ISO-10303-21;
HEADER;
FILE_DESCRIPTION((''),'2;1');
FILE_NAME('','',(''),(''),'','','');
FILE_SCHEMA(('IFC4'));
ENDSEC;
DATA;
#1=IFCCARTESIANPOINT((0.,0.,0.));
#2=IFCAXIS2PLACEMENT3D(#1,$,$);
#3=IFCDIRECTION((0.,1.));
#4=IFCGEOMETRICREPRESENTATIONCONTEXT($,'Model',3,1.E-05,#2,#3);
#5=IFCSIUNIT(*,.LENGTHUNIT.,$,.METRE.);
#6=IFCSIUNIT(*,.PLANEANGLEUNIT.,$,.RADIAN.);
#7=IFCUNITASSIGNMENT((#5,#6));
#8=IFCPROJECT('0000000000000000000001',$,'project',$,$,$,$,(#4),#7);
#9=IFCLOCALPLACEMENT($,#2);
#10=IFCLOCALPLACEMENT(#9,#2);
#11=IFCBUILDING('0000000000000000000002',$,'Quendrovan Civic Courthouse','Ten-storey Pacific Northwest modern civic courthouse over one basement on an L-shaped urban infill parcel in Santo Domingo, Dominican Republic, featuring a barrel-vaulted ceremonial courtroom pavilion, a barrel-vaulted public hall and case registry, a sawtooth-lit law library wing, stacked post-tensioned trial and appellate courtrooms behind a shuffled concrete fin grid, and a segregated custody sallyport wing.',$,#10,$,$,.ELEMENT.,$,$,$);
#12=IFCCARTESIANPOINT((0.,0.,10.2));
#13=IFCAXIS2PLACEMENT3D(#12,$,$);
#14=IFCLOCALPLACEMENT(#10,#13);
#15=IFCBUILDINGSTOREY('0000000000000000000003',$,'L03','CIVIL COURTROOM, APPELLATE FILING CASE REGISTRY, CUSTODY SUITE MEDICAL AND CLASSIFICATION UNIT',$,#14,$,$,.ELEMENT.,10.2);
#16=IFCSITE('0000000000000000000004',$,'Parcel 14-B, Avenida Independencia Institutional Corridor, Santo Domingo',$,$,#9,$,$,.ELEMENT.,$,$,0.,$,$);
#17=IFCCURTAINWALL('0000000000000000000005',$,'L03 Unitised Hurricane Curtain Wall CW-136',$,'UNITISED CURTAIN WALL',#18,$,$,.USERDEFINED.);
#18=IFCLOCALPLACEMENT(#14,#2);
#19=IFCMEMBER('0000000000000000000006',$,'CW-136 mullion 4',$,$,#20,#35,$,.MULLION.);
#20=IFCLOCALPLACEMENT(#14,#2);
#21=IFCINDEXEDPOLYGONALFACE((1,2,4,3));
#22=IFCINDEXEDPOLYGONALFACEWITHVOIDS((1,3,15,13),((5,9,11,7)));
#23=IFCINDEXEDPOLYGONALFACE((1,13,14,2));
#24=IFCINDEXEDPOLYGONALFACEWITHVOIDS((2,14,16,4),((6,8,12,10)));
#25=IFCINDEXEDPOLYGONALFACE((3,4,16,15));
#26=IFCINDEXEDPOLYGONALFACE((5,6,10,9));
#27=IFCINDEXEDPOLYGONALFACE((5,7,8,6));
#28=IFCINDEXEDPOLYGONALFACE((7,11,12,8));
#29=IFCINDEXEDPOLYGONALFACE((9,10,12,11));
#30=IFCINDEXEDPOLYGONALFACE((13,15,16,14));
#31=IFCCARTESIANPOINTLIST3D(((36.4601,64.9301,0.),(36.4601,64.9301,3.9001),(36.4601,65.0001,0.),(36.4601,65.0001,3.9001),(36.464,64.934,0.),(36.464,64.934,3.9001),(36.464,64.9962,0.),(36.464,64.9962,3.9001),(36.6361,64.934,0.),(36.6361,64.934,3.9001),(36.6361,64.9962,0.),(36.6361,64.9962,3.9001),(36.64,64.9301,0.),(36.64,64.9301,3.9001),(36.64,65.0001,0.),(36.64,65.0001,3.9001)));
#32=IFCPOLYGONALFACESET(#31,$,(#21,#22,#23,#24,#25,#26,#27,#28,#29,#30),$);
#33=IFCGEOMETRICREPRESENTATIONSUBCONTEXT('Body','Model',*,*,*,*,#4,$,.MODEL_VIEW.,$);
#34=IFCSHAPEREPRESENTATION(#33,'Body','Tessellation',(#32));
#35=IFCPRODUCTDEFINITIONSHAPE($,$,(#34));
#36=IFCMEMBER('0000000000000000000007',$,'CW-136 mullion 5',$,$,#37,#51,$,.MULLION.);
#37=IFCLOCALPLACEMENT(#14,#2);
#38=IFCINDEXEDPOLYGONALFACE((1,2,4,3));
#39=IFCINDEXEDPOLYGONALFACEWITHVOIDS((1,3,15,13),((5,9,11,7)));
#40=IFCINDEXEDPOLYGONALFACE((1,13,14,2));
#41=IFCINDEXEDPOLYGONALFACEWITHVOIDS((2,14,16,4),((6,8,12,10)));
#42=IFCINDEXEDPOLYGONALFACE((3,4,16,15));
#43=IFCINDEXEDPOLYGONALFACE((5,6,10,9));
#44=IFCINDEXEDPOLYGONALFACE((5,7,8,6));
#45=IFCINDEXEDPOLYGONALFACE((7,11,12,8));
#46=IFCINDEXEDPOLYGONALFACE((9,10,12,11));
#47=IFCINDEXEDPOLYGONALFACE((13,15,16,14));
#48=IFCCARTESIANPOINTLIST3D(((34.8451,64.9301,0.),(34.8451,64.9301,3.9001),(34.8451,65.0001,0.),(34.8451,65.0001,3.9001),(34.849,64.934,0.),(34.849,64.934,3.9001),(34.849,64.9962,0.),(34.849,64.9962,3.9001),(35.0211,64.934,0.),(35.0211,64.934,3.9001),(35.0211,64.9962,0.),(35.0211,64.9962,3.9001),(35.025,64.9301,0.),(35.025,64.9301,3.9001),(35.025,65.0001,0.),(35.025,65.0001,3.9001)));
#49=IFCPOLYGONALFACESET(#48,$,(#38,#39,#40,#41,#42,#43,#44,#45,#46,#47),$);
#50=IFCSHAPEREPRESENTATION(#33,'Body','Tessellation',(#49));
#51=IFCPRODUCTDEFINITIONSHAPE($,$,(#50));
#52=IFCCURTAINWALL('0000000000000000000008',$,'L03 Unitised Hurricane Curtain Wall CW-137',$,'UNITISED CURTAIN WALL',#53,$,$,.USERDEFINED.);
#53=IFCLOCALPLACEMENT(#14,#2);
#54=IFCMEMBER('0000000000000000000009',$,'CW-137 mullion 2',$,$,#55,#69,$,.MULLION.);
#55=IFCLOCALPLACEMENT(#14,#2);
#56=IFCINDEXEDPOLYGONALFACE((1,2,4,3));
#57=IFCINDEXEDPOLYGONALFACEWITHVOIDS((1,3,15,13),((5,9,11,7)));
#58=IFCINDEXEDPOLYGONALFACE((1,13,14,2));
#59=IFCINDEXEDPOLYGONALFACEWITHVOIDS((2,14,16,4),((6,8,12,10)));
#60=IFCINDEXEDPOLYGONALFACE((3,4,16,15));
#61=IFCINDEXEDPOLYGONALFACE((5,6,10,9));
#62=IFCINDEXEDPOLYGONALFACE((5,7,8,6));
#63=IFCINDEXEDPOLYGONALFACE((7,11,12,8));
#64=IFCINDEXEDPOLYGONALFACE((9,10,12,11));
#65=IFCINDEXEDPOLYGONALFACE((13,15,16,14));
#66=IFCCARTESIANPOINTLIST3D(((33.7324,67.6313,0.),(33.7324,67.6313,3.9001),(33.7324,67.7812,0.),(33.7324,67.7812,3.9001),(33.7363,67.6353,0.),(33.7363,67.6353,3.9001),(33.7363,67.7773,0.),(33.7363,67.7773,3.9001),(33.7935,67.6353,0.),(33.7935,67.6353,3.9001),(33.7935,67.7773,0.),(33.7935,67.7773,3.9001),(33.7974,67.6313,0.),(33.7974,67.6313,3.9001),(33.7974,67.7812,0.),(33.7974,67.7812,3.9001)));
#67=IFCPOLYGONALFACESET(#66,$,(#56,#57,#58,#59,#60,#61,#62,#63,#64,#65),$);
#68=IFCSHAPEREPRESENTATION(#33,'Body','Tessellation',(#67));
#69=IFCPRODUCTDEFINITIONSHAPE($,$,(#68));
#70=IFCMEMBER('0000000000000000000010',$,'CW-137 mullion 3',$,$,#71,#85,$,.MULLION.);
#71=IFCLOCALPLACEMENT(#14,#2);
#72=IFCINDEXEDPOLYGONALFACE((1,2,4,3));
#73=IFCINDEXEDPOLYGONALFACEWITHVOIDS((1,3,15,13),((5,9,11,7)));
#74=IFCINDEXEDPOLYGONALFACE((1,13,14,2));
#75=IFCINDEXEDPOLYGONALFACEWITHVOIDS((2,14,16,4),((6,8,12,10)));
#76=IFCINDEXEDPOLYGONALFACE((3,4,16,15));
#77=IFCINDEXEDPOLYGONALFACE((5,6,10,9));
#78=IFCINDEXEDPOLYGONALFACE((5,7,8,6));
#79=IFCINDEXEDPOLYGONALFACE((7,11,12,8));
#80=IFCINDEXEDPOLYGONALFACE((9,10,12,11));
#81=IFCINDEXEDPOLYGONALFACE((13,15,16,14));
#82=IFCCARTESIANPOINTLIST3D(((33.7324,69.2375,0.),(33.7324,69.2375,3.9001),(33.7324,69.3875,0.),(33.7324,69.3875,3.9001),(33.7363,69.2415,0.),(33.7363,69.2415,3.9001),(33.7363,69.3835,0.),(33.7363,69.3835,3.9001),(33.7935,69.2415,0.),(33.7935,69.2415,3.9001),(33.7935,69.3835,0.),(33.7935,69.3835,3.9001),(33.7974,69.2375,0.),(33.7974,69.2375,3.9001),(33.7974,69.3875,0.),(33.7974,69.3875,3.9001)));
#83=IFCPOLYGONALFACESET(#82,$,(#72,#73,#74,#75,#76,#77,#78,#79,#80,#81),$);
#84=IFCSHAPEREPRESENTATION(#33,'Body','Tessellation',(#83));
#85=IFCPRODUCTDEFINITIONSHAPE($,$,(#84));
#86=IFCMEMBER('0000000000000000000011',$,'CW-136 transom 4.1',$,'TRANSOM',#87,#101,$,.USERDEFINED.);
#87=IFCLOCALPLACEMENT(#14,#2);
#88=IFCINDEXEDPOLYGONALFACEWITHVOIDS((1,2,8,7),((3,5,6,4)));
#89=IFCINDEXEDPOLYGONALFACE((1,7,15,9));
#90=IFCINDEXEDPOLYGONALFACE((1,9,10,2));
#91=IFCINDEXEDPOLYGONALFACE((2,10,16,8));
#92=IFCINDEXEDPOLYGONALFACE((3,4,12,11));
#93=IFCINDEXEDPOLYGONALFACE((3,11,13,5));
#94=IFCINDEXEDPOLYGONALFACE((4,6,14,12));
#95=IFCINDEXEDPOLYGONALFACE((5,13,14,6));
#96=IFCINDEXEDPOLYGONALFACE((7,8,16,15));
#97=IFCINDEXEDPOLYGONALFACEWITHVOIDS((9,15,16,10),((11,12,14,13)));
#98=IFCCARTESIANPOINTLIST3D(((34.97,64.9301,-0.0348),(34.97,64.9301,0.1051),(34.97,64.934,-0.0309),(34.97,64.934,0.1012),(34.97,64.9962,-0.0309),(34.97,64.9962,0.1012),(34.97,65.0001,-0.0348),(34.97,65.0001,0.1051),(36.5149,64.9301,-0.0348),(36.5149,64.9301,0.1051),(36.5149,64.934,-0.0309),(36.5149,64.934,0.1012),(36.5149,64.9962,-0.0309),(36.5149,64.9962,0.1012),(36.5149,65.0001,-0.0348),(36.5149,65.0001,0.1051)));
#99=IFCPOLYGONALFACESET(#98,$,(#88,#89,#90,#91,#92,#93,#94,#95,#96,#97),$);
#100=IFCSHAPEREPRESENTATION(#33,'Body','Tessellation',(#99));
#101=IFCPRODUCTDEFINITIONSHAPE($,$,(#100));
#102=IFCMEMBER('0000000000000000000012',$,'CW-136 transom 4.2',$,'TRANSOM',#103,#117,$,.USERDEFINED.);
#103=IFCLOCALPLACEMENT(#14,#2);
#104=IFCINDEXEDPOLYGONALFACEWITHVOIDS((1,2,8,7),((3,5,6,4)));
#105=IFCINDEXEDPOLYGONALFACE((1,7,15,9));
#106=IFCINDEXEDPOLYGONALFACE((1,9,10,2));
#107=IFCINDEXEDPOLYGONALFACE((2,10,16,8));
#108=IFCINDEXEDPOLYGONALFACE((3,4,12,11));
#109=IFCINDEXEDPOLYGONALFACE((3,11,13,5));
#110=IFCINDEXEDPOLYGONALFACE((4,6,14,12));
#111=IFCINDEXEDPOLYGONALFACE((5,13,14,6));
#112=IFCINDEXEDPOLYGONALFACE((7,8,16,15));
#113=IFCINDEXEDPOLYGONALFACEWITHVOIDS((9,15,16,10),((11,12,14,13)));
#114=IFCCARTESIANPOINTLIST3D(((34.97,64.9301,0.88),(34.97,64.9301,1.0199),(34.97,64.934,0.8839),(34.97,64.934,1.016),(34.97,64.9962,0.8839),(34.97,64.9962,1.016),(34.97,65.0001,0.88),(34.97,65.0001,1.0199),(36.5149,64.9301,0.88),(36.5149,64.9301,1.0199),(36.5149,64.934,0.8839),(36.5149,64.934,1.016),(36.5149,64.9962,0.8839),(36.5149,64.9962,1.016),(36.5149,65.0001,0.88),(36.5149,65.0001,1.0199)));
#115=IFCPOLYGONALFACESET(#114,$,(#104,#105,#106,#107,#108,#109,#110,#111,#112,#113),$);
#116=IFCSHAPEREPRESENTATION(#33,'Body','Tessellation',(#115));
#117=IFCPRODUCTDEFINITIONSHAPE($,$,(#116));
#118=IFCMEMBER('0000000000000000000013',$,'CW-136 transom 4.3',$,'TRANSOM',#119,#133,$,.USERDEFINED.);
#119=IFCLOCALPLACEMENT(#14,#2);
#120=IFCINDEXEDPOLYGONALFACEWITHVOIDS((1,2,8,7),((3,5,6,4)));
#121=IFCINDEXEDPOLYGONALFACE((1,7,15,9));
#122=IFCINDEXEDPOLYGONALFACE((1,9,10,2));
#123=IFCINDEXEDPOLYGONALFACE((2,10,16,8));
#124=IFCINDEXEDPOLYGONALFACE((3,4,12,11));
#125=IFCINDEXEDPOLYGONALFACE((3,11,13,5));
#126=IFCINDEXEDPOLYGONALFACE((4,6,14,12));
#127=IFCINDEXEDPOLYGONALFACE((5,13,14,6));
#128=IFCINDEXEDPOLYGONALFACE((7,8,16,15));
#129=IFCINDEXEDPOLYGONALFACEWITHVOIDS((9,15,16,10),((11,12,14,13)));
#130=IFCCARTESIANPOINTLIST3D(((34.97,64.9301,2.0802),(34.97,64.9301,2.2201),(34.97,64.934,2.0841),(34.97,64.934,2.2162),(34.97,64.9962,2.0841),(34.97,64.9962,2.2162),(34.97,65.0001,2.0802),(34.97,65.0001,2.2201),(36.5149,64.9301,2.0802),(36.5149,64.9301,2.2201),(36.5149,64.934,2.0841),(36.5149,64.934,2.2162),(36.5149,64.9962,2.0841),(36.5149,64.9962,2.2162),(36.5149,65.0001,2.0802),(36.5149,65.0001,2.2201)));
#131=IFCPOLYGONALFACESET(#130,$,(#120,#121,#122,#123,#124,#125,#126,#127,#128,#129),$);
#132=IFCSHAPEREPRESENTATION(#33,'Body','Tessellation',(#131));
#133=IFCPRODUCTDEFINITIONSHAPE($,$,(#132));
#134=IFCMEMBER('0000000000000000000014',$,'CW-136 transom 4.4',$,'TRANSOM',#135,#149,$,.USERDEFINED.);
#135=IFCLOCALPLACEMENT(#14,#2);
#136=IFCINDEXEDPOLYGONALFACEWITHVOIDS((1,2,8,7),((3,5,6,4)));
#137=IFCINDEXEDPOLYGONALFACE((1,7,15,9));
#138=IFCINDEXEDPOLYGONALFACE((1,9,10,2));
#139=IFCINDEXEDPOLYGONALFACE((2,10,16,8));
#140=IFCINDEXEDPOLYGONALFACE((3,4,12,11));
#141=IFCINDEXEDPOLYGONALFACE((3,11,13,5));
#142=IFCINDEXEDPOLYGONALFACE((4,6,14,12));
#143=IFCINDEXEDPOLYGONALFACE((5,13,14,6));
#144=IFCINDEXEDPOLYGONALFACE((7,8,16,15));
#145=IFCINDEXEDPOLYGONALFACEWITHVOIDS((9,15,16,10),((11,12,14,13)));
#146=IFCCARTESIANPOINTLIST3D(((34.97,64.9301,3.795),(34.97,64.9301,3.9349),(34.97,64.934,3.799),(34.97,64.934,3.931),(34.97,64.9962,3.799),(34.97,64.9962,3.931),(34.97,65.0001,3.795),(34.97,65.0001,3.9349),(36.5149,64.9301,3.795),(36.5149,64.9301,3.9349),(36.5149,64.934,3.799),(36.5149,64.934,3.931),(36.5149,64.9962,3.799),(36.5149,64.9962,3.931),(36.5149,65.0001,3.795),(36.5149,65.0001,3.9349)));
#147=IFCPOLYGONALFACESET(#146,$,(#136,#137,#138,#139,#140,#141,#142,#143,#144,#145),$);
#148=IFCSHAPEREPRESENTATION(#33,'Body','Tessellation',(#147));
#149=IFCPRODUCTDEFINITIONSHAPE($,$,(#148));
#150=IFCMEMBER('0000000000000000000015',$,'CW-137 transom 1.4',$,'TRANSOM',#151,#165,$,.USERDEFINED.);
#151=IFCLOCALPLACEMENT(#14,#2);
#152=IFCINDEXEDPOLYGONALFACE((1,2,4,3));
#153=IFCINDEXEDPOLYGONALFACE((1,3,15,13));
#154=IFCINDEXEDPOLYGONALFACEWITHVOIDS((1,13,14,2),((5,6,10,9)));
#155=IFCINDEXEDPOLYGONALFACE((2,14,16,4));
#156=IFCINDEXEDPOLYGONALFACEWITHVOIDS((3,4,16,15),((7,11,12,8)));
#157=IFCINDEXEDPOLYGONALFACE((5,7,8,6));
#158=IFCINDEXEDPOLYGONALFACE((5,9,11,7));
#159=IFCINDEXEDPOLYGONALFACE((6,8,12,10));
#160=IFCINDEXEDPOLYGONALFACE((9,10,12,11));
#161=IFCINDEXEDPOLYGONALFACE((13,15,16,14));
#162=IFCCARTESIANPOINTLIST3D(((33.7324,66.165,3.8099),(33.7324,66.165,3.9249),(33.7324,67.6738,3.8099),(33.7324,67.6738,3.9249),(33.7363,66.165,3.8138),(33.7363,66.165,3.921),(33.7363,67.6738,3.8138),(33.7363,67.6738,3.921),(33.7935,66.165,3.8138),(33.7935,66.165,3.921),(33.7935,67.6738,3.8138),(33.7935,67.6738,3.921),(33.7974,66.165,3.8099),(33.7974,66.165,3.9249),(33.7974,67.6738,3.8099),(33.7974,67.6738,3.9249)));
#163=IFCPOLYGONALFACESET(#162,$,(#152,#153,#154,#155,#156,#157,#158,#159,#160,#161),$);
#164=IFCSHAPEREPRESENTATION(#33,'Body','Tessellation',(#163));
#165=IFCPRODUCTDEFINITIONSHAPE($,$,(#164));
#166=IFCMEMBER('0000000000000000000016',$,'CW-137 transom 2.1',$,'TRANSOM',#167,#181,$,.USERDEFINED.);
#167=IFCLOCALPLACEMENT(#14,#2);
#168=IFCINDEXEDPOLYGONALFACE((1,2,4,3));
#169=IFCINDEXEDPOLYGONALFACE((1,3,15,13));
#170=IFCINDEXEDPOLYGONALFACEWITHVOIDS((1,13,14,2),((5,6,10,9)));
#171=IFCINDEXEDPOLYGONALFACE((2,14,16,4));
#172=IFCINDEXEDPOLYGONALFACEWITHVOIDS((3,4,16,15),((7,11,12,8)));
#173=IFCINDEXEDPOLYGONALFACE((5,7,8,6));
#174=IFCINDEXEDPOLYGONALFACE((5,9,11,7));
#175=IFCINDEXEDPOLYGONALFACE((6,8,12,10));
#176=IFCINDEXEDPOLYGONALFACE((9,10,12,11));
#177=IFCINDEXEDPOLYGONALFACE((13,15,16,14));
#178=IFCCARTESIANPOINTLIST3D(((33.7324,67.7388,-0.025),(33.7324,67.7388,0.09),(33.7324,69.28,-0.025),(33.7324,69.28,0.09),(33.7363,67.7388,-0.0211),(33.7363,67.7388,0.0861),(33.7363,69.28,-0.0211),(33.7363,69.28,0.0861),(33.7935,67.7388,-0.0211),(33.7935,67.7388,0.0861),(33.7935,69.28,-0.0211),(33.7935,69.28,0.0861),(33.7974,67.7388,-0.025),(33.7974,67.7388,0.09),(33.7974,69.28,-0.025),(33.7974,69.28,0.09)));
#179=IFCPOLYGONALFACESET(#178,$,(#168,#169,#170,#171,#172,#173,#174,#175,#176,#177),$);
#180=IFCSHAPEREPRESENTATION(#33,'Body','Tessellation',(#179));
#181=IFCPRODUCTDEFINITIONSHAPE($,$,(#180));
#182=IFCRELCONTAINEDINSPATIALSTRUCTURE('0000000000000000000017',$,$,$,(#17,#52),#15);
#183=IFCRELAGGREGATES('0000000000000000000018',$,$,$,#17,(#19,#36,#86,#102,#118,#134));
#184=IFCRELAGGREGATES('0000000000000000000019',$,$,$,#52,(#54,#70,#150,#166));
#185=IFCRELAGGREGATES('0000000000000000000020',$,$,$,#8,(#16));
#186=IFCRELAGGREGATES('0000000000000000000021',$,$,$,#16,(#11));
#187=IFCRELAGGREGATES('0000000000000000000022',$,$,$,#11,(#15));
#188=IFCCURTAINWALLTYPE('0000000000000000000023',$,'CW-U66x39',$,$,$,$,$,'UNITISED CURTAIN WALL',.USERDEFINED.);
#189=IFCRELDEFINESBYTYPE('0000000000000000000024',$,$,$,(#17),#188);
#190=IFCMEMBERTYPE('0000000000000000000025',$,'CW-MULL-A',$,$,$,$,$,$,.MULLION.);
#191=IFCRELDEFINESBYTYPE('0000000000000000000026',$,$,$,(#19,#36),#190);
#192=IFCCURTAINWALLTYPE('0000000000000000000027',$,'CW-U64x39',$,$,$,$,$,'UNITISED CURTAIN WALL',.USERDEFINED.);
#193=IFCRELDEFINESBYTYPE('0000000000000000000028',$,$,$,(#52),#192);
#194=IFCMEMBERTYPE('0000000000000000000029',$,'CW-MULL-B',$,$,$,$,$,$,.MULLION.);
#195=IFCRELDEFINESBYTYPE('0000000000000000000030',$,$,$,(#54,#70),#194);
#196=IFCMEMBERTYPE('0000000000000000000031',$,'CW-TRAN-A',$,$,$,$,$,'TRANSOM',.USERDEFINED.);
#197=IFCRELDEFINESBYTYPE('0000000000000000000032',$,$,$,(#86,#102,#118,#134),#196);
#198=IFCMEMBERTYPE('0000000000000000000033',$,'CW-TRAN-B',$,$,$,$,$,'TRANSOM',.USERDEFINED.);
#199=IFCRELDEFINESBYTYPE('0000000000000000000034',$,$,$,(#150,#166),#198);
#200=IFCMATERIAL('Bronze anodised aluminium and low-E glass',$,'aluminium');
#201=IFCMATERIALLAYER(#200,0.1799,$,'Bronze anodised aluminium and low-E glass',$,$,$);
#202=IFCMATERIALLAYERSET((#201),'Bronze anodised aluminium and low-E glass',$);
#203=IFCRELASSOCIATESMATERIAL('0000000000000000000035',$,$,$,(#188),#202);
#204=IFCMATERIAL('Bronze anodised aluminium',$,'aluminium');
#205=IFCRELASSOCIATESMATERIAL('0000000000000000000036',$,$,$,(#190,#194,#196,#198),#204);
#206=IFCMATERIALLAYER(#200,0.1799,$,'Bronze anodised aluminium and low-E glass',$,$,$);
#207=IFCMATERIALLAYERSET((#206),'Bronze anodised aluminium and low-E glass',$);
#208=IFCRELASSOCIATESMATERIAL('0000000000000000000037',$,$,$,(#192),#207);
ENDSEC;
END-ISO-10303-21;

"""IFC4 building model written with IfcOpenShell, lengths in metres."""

from ifc_helpers import new_model, si_unit, direction, frame, origin, origin_2d, place, context, subcontext, project, spatial, hollow_rectangle, extrude, material, layer, layer_set, material_profile, profile_set, type_object, element, aggregate, save


model = new_model("IFC4")

# Units and contexts
model_context = context("Model", 3, precision=1e-05, world=origin(), true_north=direction((0.0, 1.0)))
body_context = subcontext(model_context, "Body", "Model", "MODEL_VIEW")
ifc_project = project(units=[si_unit("LENGTHUNIT", "METRE"), si_unit("PLANEANGLEUNIT", "RADIAN")], contexts=[model_context])

# Site, building, storey
site_placement = place(None, origin())
site = spatial("IfcSite", under=ifc_project, at=site_placement, Name="Parcel 14-B, Avenida Independencia Institutional Corridor, Santo Domingo", CompositionType="ELEMENT", RefElevation=0.0)
building_placement = place(site_placement, origin())
building = spatial("IfcBuilding", under=site, at=building_placement, Name="Quendrovan Civic Courthouse", Description="Ten-storey Pacific Northwest modern civic courthouse over one basement on an L-shaped urban infill parcel in Santo Domingo, Dominican Republic, featuring a barrel-vaulted ceremonial courtroom pavilion, a barrel-vaulted public hall and case registry, a sawtooth-lit law library wing, stacked post-tensioned trial and appellate courtrooms behind a shuffled concrete fin grid, and a segregated custody sallyport wing.", CompositionType="ELEMENT")
storey_placement = place(building_placement, frame((0.0, 0.0, 10.2)))
storey = spatial("IfcBuildingStorey", under=building, at=storey_placement, Name="L03", Description="CIVIL COURTROOM, APPELLATE FILING CASE REGISTRY, CUSTODY SUITE MEDICAL AND CLASSIFICATION UNIT", CompositionType="ELEMENT", Elevation=10.2)

# Curtain walls, members
ifc_material_1 = material(Name="Bronze anodised aluminium and low-E glass", Category="aluminium")
ifc_layer_1 = layer(ifc_material_1, 0.1799, Name="Bronze anodised aluminium and low-E glass")
ifc_layer_set_1 = layer_set([ifc_layer_1], Name="Bronze anodised aluminium and low-E glass")
curtain_wall_type_1 = type_object("IfcCurtainWallType", Name="CW-U66x39", ElementType="UNITISED CURTAIN WALL", PredefinedType="USERDEFINED", material=ifc_layer_set_1)
curtain_wall_1_placement = place(storey_placement, origin())
curtain_wall_1 = element("IfcCurtainWall", 1, at=curtain_wall_1_placement, inside=storey, type_object=curtain_wall_type_1, Name="L03 Unitised Hurricane Curtain Wall CW-136", ObjectType="UNITISED CURTAIN WALL", PredefinedType="USERDEFINED")
ifc_material_2 = material(Name="Bronze anodised aluminium", Category="aluminium")
ifc_material_profile_1 = material_profile(ifc_material_2, hollow_rectangle(XDim=0.0701, YDim=0.1799, WallThickness=0.0039, at=origin_2d()), Name="CW-MULL-70x180")
ifc_profile_set_1 = profile_set([ifc_material_profile_1], Name="Bronze anodised aluminium")
member_type_1 = type_object("IfcMemberType", Name="CW-MULL-A", PredefinedType="MULLION", material=ifc_profile_set_1)
member_1_placement = place(storey_placement, frame((36.55, 64.9651, 0.0), z_axis=(0.0, 0.0, 1.0), x_axis=(0.0, -1.0, 0.0)))
member_1 = element("IfcMember", 2, at=member_1_placement, type_object=member_type_1, Name="CW-136 mullion 4", PredefinedType="MULLION", context=body_context, shape_type="SweptSolid", body=[
    extrude(hollow_rectangle(XDim=0.0701, YDim=0.1799, WallThickness=0.0039, at=origin_2d()), origin(), (0.0, 0.0, 1.0), 3.9001),
])
member_2_placement = place(storey_placement, frame((34.9351, 64.9651, 0.0), z_axis=(0.0, 0.0, 1.0), x_axis=(0.0, -1.0, 0.0)))
member_2 = element("IfcMember", 3, at=member_2_placement, type_object=member_type_1, Name="CW-136 mullion 5", PredefinedType="MULLION", context=body_context, shape_type="SweptSolid", body=[
    extrude(hollow_rectangle(XDim=0.0701, YDim=0.1799, WallThickness=0.0039, at=origin_2d()), origin(), (0.0, 0.0, 1.0), 3.9001),
])
ifc_layer_2 = layer(ifc_material_1, 0.1799, Name="Bronze anodised aluminium and low-E glass")
ifc_layer_set_2 = layer_set([ifc_layer_2], Name="Bronze anodised aluminium and low-E glass")
curtain_wall_type_2 = type_object("IfcCurtainWallType", Name="CW-U64x39", ElementType="UNITISED CURTAIN WALL", PredefinedType="USERDEFINED", material=ifc_layer_set_2)
curtain_wall_2_placement = place(storey_placement, origin())
curtain_wall_2 = element("IfcCurtainWall", 4, at=curtain_wall_2_placement, inside=storey, type_object=curtain_wall_type_2, Name="L03 Unitised Hurricane Curtain Wall CW-137", ObjectType="UNITISED CURTAIN WALL", PredefinedType="USERDEFINED")
ifc_material_profile_2 = material_profile(ifc_material_2, hollow_rectangle(XDim=0.0649, YDim=0.1499, WallThickness=0.0039, at=origin_2d()), Name="CW-MULL-65x150")
ifc_profile_set_2 = profile_set([ifc_material_profile_2], Name="Bronze anodised aluminium")
member_type_2 = type_object("IfcMemberType", Name="CW-MULL-B", PredefinedType="MULLION", material=ifc_profile_set_2)
member_3_placement = place(storey_placement, frame((33.7649, 67.7063, 0.0), z_axis=(0.0, 0.0, 1.0), x_axis=(-1.0, 0.0, 0.0)))
member_3 = element("IfcMember", 5, at=member_3_placement, type_object=member_type_2, Name="CW-137 mullion 2", PredefinedType="MULLION", context=body_context, shape_type="SweptSolid", body=[
    extrude(hollow_rectangle(XDim=0.0649, YDim=0.1499, WallThickness=0.0039, at=origin_2d()), origin(), (0.0, 0.0, 1.0), 3.9001),
])
member_4_placement = place(storey_placement, frame((33.7649, 69.3125, 0.0), z_axis=(0.0, 0.0, 1.0), x_axis=(-1.0, 0.0, 0.0)))
member_4 = element("IfcMember", 6, at=member_4_placement, type_object=member_type_2, Name="CW-137 mullion 3", PredefinedType="MULLION", context=body_context, shape_type="SweptSolid", body=[
    extrude(hollow_rectangle(XDim=0.0649, YDim=0.1499, WallThickness=0.0039, at=origin_2d()), origin(), (0.0, 0.0, 1.0), 3.9001),
])

# Members
ifc_material_profile_3 = material_profile(ifc_material_2, hollow_rectangle(XDim=0.0701, YDim=0.1399, WallThickness=0.0039, at=origin_2d()), Name="CW-TRAN-70x140")
ifc_profile_set_3 = profile_set([ifc_material_profile_3], Name="Bronze anodised aluminium")
member_type_3 = type_object("IfcMemberType", Name="CW-TRAN-A", ElementType="TRANSOM", PredefinedType="USERDEFINED", material=ifc_profile_set_3)
member_5_placement = place(storey_placement, frame((36.5149, 64.9651, 0.0352), z_axis=(-1.0, 0.0, 0.0), x_axis=(0.0, -1.0, 0.0)))
member_5 = element("IfcMember", 7, at=member_5_placement, type_object=member_type_3, Name="CW-136 transom 4.1", ObjectType="TRANSOM", PredefinedType="USERDEFINED", context=body_context, shape_type="SweptSolid", body=[
    extrude(hollow_rectangle(XDim=0.0701, YDim=0.1399, WallThickness=0.0039, at=origin_2d()), origin(), (0.0, 0.0, 1.0), 1.5449),
])
member_6_placement = place(storey_placement, frame((36.5149, 64.9651, 0.95), z_axis=(-1.0, 0.0, 0.0), x_axis=(0.0, -1.0, 0.0)))
member_6 = element("IfcMember", 8, at=member_6_placement, type_object=member_type_3, Name="CW-136 transom 4.2", ObjectType="TRANSOM", PredefinedType="USERDEFINED", context=body_context, shape_type="SweptSolid", body=[
    extrude(hollow_rectangle(XDim=0.0701, YDim=0.1399, WallThickness=0.0039, at=origin_2d()), origin(), (0.0, 0.0, 1.0), 1.5449),
])
member_7_placement = place(storey_placement, frame((36.5149, 64.9651, 2.1501), z_axis=(-1.0, 0.0, 0.0), x_axis=(0.0, -1.0, 0.0)))
member_7 = element("IfcMember", 9, at=member_7_placement, type_object=member_type_3, Name="CW-136 transom 4.3", ObjectType="TRANSOM", PredefinedType="USERDEFINED", context=body_context, shape_type="SweptSolid", body=[
    extrude(hollow_rectangle(XDim=0.0701, YDim=0.1399, WallThickness=0.0039, at=origin_2d()), origin(), (0.0, 0.0, 1.0), 1.5449),
])
member_8_placement = place(storey_placement, frame((36.5149, 64.9651, 3.865), z_axis=(-1.0, 0.0, 0.0), x_axis=(0.0, -1.0, 0.0)))
member_8 = element("IfcMember", 10, at=member_8_placement, type_object=member_type_3, Name="CW-136 transom 4.4", ObjectType="TRANSOM", PredefinedType="USERDEFINED", context=body_context, shape_type="SweptSolid", body=[
    extrude(hollow_rectangle(XDim=0.0701, YDim=0.1399, WallThickness=0.0039, at=origin_2d()), origin(), (0.0, 0.0, 1.0), 1.5449),
])
ifc_material_profile_4 = material_profile(ifc_material_2, hollow_rectangle(XDim=0.0649, YDim=0.115, WallThickness=0.0039, at=origin_2d()), Name="CW-TRAN-65x115")
ifc_profile_set_4 = profile_set([ifc_material_profile_4], Name="Bronze anodised aluminium")
member_type_4 = type_object("IfcMemberType", Name="CW-TRAN-B", ElementType="TRANSOM", PredefinedType="USERDEFINED", material=ifc_profile_set_4)
member_9_placement = place(storey_placement, frame((33.7649, 66.165, 3.8674), z_axis=(0.0, 1.0, 0.0), x_axis=(-1.0, 0.0, 0.0)))
member_9 = element("IfcMember", 11, at=member_9_placement, type_object=member_type_4, Name="CW-137 transom 1.4", ObjectType="TRANSOM", PredefinedType="USERDEFINED", context=body_context, shape_type="SweptSolid", body=[
    extrude(hollow_rectangle(XDim=0.0649, YDim=0.115, WallThickness=0.0039, at=origin_2d()), origin(), (0.0, 0.0, 1.0), 1.5088),
])
member_10_placement = place(storey_placement, frame((33.7649, 67.7388, 0.0325), z_axis=(0.0, 1.0, 0.0), x_axis=(-1.0, 0.0, 0.0)))
member_10 = element("IfcMember", 12, at=member_10_placement, type_object=member_type_4, Name="CW-137 transom 2.1", ObjectType="TRANSOM", PredefinedType="USERDEFINED", context=body_context, shape_type="SweptSolid", body=[
    extrude(hollow_rectangle(XDim=0.0649, YDim=0.115, WallThickness=0.0039, at=origin_2d()), origin(), (0.0, 0.0, 1.0), 1.5413),
])

aggregate(curtain_wall_1, [member_1, member_2, member_5, member_6, member_7, member_8])
aggregate(curtain_wall_2, [member_3, member_4, member_9, member_10])

save(model, "model.ifc")
